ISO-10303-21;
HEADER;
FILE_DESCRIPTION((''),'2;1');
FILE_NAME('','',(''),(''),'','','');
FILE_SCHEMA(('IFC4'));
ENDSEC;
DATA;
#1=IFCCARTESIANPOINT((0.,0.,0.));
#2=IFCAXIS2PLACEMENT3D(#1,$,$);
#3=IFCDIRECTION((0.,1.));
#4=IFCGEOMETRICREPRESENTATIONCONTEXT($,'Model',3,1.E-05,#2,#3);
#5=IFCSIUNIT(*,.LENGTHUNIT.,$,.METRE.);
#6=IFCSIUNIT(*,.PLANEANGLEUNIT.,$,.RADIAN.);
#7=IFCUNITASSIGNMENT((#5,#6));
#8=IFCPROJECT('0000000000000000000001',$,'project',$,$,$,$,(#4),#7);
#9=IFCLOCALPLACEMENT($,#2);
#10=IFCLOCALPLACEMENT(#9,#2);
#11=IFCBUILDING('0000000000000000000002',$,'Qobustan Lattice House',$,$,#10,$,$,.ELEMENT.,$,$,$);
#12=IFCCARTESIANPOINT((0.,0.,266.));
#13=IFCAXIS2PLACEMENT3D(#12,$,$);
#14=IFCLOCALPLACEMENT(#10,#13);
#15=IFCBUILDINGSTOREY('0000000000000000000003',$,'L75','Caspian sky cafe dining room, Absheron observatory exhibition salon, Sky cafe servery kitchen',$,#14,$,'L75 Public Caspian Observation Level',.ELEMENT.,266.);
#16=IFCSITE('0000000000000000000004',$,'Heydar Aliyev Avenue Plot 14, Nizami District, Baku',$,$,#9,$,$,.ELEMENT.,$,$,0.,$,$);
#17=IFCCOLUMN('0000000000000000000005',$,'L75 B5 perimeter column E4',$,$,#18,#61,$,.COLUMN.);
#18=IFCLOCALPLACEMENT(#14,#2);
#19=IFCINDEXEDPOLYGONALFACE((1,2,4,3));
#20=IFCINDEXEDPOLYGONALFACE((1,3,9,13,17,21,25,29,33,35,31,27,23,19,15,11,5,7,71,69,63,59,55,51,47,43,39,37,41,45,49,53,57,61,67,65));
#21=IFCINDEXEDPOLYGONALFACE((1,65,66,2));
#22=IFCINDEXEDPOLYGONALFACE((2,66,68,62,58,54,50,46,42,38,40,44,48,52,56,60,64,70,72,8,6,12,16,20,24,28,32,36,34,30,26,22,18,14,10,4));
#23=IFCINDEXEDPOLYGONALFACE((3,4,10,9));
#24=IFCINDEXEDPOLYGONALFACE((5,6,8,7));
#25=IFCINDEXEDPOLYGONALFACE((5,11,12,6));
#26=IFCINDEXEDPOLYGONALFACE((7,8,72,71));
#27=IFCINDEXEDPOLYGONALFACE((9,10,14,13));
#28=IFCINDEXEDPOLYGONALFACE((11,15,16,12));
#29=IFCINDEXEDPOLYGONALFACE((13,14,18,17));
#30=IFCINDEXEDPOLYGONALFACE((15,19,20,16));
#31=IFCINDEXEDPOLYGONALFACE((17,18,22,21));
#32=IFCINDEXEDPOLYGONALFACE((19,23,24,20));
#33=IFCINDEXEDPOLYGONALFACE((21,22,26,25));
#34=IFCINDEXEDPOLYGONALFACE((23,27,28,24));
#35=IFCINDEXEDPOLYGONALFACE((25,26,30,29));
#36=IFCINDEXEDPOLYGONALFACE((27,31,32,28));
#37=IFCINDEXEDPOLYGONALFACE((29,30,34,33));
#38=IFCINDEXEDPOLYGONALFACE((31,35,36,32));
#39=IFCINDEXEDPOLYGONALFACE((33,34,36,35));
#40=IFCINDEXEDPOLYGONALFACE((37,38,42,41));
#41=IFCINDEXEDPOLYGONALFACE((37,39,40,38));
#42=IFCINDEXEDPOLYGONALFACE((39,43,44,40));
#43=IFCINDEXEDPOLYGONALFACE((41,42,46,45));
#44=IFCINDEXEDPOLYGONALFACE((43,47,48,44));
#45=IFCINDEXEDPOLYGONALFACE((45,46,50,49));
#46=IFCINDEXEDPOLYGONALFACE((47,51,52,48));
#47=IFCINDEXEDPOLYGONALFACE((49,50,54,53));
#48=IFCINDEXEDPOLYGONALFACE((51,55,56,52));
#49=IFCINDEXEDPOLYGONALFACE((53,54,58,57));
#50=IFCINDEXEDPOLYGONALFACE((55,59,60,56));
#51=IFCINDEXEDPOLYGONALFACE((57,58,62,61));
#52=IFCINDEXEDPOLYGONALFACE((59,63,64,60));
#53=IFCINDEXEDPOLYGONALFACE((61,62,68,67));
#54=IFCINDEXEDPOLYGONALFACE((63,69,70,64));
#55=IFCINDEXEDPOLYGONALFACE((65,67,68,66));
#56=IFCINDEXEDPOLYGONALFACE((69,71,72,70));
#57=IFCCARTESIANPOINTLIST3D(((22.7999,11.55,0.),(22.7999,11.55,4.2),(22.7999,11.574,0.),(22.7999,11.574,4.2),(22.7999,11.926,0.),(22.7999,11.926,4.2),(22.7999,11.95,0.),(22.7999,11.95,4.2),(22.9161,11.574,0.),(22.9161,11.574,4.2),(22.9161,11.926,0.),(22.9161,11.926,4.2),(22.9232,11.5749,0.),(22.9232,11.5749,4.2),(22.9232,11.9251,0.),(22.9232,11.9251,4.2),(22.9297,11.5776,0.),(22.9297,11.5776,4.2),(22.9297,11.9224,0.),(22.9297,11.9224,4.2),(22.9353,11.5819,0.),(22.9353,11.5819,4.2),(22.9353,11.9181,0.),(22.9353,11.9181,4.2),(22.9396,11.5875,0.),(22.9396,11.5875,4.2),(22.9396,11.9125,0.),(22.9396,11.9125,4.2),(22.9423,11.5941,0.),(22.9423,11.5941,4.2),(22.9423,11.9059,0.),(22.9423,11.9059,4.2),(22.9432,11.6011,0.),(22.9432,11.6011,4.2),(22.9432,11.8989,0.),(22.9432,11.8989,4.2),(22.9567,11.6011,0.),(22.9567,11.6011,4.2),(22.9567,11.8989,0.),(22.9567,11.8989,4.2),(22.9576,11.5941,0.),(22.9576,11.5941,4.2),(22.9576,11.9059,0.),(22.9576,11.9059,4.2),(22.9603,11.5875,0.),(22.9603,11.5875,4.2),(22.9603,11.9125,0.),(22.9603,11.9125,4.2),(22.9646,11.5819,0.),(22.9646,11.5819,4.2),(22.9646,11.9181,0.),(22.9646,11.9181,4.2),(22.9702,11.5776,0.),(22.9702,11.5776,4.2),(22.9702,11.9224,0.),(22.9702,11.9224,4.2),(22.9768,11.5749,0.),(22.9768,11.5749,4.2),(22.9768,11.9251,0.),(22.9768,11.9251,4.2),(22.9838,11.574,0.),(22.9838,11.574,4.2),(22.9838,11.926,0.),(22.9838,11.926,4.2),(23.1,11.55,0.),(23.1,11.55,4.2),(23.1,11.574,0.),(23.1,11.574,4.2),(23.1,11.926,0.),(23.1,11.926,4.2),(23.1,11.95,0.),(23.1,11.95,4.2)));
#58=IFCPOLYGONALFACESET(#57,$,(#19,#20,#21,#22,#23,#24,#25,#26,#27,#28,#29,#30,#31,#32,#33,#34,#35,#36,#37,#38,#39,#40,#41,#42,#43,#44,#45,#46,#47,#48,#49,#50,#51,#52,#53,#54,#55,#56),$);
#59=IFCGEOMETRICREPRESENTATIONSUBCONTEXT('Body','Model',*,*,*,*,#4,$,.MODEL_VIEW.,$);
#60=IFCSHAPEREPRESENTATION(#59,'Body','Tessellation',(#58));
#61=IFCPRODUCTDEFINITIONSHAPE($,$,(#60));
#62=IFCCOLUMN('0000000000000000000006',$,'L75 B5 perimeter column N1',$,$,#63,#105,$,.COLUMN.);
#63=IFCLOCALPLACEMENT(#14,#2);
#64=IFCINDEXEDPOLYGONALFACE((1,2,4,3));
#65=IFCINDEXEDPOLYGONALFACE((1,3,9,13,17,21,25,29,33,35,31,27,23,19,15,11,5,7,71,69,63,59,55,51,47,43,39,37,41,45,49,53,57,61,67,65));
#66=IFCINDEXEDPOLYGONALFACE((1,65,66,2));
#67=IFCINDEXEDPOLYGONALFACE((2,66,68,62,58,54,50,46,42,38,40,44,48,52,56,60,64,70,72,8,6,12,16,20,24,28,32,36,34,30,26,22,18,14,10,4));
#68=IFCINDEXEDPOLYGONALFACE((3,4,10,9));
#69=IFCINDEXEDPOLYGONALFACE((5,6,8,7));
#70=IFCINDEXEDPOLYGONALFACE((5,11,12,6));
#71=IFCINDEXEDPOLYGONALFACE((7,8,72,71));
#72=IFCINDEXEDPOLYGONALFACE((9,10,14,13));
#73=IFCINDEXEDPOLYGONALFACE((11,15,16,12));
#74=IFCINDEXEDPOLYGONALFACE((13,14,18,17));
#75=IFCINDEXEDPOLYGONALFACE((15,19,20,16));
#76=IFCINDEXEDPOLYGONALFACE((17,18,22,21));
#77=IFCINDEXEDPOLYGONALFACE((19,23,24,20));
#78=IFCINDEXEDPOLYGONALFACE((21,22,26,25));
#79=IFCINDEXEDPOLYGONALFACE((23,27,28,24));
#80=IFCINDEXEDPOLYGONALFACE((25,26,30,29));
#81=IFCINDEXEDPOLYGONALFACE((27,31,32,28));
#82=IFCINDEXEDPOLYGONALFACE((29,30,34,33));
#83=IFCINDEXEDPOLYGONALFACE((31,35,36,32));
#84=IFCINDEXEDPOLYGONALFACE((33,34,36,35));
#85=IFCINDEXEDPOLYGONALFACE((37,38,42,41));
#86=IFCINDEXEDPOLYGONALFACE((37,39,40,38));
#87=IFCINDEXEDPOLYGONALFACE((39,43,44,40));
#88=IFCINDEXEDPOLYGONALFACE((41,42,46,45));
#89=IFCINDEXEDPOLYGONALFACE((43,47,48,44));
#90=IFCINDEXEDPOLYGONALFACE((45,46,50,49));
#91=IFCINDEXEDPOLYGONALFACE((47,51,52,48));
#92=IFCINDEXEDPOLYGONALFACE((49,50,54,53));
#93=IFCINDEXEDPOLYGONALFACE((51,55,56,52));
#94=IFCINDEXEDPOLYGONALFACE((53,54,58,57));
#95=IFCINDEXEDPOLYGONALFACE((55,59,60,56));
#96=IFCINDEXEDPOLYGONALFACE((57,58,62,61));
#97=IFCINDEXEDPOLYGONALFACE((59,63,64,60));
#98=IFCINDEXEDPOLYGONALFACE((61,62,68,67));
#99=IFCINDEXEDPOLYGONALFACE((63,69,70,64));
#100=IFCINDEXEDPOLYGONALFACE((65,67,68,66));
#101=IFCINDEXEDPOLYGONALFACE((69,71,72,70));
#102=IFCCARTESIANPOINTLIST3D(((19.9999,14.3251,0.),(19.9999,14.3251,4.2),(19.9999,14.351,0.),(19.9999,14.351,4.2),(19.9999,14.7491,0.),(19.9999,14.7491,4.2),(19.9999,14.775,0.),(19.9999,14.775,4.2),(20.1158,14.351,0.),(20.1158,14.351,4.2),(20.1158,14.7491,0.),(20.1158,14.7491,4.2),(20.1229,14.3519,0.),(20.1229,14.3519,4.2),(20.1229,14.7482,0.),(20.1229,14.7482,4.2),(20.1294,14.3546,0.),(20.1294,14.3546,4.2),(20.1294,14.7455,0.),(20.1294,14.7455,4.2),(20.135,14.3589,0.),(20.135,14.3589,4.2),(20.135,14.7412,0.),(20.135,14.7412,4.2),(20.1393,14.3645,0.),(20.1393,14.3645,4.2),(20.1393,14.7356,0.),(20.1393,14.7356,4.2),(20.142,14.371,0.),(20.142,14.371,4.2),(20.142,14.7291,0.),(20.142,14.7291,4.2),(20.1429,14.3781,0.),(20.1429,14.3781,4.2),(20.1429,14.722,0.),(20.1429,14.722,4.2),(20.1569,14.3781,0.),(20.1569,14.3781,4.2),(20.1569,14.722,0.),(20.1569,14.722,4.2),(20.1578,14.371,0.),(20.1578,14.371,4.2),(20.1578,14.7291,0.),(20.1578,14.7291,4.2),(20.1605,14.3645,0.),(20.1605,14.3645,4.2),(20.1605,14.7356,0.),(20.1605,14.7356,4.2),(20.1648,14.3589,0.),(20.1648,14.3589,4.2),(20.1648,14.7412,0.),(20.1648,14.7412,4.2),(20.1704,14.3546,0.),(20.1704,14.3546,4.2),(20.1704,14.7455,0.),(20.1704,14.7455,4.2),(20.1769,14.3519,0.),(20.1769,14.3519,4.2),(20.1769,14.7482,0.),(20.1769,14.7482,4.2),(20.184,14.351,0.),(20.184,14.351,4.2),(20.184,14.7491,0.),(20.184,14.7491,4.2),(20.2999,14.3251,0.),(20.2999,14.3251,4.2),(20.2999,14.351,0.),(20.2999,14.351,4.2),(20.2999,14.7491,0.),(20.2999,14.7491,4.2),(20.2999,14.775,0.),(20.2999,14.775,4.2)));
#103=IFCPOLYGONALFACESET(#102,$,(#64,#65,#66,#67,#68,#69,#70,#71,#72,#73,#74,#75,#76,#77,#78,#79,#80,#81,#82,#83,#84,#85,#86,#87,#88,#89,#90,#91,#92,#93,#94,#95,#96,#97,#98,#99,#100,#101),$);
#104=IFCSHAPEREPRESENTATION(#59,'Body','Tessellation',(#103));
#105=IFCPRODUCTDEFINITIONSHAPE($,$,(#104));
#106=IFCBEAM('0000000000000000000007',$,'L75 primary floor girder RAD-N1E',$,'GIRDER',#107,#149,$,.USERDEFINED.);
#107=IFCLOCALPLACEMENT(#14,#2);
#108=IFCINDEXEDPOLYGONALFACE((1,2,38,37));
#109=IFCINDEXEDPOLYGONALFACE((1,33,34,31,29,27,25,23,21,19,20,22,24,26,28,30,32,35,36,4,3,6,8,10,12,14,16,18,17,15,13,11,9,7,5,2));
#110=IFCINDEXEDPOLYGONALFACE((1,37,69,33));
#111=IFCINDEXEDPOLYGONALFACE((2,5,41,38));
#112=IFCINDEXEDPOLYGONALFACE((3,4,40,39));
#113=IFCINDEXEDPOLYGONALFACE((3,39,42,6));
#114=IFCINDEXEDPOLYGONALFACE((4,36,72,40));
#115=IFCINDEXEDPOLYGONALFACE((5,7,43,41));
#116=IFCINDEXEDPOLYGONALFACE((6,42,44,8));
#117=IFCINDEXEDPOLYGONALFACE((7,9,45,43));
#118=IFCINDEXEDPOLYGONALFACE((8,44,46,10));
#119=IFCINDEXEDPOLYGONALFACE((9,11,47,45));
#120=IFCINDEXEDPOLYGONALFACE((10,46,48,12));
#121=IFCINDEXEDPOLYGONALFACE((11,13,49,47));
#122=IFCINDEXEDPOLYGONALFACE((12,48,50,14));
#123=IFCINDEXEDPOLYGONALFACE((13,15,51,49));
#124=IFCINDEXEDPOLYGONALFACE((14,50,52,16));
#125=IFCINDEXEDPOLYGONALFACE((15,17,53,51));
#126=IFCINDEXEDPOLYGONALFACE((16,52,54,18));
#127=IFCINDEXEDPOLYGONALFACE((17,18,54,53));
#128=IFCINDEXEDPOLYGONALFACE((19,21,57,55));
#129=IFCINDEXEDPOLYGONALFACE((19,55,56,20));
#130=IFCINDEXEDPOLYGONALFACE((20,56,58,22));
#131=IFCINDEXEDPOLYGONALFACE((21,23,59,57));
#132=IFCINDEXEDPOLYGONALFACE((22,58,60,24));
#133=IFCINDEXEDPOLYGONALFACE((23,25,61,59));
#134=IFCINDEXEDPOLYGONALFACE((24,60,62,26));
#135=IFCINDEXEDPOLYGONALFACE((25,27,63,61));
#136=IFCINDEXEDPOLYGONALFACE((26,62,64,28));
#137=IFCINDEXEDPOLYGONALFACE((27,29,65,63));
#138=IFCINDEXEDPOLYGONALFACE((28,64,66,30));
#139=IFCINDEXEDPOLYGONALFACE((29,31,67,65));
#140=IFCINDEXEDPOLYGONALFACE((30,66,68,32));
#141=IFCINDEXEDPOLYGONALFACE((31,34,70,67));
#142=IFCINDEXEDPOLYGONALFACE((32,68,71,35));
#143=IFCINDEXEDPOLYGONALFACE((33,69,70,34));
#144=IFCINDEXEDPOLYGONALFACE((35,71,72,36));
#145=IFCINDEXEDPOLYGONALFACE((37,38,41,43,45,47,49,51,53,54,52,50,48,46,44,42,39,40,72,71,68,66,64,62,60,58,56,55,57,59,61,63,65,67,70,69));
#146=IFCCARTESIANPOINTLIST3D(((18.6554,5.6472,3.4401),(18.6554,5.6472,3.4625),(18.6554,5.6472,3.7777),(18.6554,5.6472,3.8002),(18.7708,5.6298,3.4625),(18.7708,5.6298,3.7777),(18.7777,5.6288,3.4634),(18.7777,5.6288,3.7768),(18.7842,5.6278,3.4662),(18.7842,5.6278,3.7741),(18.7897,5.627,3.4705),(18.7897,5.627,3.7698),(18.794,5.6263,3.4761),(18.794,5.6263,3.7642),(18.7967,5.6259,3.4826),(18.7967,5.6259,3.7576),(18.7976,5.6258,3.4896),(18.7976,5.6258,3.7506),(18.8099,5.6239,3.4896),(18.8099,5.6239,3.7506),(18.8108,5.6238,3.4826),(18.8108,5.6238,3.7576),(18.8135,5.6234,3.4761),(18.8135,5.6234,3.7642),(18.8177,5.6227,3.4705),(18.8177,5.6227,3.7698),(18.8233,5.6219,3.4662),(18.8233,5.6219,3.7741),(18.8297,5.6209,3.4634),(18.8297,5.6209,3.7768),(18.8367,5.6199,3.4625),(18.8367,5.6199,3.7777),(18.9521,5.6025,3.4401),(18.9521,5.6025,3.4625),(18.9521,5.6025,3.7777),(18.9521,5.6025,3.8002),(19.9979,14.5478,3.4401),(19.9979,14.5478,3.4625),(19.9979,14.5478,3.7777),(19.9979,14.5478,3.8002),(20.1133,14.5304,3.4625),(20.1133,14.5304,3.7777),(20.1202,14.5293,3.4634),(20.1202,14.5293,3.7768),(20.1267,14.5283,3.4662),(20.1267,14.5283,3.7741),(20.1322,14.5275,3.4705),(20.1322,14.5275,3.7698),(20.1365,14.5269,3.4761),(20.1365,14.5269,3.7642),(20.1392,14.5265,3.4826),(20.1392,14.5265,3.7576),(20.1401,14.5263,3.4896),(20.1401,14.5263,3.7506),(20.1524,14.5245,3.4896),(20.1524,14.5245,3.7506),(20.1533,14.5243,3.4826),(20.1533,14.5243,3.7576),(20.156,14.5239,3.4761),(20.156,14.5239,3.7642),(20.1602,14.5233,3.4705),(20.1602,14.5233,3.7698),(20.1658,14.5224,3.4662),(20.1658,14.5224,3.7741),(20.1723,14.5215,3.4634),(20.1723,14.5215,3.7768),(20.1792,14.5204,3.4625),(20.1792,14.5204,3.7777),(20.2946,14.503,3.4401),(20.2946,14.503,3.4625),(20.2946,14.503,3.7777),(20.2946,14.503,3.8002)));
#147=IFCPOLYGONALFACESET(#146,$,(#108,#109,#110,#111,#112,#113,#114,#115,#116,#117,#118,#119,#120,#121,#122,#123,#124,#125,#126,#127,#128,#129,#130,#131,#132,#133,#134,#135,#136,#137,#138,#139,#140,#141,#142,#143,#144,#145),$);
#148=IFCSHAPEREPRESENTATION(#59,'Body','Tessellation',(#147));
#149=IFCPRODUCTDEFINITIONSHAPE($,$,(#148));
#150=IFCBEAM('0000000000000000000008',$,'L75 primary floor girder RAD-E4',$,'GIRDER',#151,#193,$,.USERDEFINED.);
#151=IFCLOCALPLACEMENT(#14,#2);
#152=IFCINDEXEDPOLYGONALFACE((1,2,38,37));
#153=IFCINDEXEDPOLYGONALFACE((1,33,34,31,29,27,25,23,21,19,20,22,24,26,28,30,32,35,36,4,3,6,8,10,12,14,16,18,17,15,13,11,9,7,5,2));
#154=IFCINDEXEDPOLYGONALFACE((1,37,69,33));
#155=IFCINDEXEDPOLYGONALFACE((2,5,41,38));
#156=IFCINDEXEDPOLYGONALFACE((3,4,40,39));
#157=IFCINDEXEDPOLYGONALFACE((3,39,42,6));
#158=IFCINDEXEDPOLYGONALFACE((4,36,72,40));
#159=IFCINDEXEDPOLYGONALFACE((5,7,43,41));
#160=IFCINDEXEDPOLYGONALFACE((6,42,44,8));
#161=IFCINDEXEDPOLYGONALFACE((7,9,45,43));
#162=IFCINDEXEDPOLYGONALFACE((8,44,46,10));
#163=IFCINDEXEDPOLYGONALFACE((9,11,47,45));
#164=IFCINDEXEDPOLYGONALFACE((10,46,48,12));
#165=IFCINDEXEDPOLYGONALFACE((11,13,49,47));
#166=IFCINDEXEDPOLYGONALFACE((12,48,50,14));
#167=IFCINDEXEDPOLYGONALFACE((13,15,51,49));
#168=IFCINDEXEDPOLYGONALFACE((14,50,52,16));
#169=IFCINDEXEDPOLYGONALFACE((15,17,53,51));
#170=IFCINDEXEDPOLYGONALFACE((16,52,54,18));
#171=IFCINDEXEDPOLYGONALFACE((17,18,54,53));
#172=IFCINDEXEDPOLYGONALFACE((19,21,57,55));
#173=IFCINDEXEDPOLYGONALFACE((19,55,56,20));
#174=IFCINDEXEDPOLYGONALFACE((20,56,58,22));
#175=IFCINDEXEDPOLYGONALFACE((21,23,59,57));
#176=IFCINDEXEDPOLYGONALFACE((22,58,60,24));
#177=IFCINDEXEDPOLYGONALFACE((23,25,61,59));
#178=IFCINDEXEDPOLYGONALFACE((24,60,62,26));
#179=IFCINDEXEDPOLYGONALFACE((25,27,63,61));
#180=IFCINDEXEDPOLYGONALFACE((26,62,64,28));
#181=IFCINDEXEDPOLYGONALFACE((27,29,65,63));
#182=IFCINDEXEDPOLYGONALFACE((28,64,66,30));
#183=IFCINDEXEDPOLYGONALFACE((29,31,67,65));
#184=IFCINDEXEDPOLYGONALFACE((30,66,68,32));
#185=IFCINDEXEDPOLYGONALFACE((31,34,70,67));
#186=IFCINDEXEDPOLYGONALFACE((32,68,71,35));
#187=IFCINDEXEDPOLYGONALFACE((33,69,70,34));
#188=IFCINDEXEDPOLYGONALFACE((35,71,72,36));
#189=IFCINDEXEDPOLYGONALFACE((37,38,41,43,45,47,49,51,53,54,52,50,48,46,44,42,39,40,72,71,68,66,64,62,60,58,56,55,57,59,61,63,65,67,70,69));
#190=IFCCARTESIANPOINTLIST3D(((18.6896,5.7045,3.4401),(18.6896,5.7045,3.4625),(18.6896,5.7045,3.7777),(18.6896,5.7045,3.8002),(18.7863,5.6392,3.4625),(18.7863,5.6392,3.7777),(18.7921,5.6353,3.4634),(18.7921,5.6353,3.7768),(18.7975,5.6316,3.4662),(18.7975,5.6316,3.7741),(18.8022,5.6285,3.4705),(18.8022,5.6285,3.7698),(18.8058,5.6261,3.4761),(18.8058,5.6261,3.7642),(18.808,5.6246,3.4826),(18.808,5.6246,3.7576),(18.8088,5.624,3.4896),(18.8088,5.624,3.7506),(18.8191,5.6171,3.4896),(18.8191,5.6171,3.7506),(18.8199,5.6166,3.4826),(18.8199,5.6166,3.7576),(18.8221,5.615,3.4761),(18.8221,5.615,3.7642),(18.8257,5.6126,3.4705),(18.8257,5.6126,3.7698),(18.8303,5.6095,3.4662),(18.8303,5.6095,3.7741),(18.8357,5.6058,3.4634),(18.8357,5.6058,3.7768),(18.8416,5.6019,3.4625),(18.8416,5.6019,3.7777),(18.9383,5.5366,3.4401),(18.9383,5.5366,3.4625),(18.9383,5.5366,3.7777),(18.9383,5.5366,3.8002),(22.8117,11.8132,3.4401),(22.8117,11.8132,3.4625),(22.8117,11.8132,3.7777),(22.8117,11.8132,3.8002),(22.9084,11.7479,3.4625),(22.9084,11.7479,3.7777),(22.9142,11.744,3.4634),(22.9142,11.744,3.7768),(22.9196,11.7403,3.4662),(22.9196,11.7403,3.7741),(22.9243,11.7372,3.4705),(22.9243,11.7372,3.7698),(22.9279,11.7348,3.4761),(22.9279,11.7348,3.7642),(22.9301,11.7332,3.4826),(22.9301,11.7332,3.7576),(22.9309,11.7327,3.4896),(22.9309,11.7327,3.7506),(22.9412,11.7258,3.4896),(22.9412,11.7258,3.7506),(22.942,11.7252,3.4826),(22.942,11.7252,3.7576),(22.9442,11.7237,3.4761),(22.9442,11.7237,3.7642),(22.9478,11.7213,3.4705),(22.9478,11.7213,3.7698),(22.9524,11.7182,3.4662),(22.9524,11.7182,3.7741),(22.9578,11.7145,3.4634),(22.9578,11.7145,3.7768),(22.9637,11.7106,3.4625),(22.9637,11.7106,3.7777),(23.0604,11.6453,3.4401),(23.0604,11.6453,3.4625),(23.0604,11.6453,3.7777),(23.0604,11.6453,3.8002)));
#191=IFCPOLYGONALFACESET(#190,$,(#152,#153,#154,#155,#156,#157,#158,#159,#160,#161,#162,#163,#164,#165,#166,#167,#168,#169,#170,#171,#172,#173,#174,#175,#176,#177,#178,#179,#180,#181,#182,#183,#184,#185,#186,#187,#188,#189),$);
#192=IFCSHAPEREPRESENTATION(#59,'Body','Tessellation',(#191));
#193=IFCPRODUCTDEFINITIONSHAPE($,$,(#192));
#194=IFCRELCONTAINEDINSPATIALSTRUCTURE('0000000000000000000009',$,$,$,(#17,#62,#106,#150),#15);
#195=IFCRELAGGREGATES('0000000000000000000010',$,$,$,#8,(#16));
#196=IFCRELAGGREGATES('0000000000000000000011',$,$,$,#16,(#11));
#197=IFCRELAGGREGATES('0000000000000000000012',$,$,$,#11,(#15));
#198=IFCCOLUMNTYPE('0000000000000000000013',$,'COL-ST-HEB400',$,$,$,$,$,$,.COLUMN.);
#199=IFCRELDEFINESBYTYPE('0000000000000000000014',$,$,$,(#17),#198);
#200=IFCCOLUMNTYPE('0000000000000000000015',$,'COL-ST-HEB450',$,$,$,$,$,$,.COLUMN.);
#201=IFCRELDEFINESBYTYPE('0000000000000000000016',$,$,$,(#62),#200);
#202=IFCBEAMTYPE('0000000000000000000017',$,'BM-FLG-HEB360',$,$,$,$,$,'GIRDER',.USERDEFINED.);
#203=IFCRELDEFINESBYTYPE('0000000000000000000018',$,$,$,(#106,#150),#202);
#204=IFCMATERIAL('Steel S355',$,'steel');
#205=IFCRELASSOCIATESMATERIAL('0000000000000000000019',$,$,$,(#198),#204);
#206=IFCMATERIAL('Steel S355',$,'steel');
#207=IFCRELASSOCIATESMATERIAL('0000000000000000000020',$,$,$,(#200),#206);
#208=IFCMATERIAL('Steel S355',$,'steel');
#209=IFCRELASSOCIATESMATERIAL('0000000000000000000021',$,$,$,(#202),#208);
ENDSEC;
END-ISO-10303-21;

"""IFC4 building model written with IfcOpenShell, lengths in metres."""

from ifc_helpers import new_model, si_unit, direction, frame, origin, origin_2d, place, context, subcontext, project, spatial, i_section, extrude, material, material_profile, profile_set, type_object, element, save


model = new_model("IFC4")

# Units and contexts
model_context = context("Model", 3, precision=1e-05, world=origin(), true_north=direction((0.0, 1.0)))
body_context = subcontext(model_context, "Body", "Model", "MODEL_VIEW")
ifc_project = project(units=[si_unit("LENGTHUNIT", "METRE"), si_unit("PLANEANGLEUNIT", "RADIAN")], contexts=[model_context])

# Site, building, storey
site_placement = place(None, origin())
site = spatial("IfcSite", under=ifc_project, at=site_placement, Name="Heydar Aliyev Avenue Plot 14, Nizami District, Baku", CompositionType="ELEMENT", RefElevation=0.0)
building_placement = place(site_placement, origin())
building = spatial("IfcBuilding", under=site, at=building_placement, Name="Qobustan Lattice House", CompositionType="ELEMENT")
storey_placement = place(building_placement, frame((0.0, 0.0, 266.0)))
storey = spatial("IfcBuildingStorey", under=building, at=storey_placement, Name="L75", Description="Caspian sky cafe dining room, Absheron observatory exhibition salon, Sky cafe servery kitchen", LongName="L75 Public Caspian Observation Level", CompositionType="ELEMENT", Elevation=266.0)

# Columns
ifc_material_1 = material(Name="Steel S355", Category="steel")
ifc_material_profile_1 = material_profile(ifc_material_1, i_section(OverallWidth=0.3, OverallDepth=0.3999, WebThickness=0.0134, FlangeThickness=0.0239, FilletRadius=0.0271, at=origin_2d()), Name="HEB400")
ifc_profile_set_1 = profile_set([ifc_material_profile_1], Name="Steel S355")
column_type_1 = type_object("IfcColumnType", Name="COL-ST-HEB400", PredefinedType="COLUMN", material=ifc_profile_set_1)
column_1_placement = place(storey_placement, frame((22.95, 11.75, 0.0), z_axis=(0.0, 0.0, 1.0), x_axis=(1.0, 0.0, 0.0)))
element("IfcColumn", 1, at=column_1_placement, inside=storey, type_object=column_type_1, Name="L75 B5 perimeter column E4", PredefinedType="COLUMN", context=body_context, shape_type="SweptSolid", body=[
    extrude(i_section(OverallWidth=0.3, OverallDepth=0.3999, WebThickness=0.0134, FlangeThickness=0.0239, FilletRadius=0.0271, at=origin_2d()), origin(), (0.0, 0.0, 1.0), 4.2),
])
ifc_material_2 = material(Name="Steel S355", Category="steel")
ifc_material_profile_2 = material_profile(ifc_material_2, i_section(OverallWidth=0.3, OverallDepth=0.45, WebThickness=0.0139, FlangeThickness=0.0259, FilletRadius=0.0271, at=origin_2d()), Name="HEB450")
ifc_profile_set_2 = profile_set([ifc_material_profile_2], Name="Steel S355")
column_type_2 = type_object("IfcColumnType", Name="COL-ST-HEB450", PredefinedType="COLUMN", material=ifc_profile_set_2)
column_2_placement = place(storey_placement, frame((20.1499, 14.55, 0.0), z_axis=(0.0, 0.0, 1.0), x_axis=(1.0, 0.0, 0.0)))
element("IfcColumn", 2, at=column_2_placement, inside=storey, type_object=column_type_2, Name="L75 B5 perimeter column N1", PredefinedType="COLUMN", context=body_context, shape_type="SweptSolid", body=[
    extrude(i_section(OverallWidth=0.3, OverallDepth=0.45, WebThickness=0.0139, FlangeThickness=0.0259, FilletRadius=0.0271, at=origin_2d()), origin(), (0.0, 0.0, 1.0), 4.2),
])

# Beams
ifc_material_3 = material(Name="Steel S355", Category="steel")
ifc_material_profile_3 = material_profile(ifc_material_3, i_section(OverallWidth=0.3, OverallDepth=0.3601, WebThickness=0.0125, FlangeThickness=0.0225, FilletRadius=0.0271, at=origin_2d()), Name="HEB360")
ifc_profile_set_3 = profile_set([ifc_material_profile_3], Name="Steel S355")
beam_type_1 = type_object("IfcBeamType", Name="BM-FLG-HEB360", ElementType="GIRDER", PredefinedType="USERDEFINED", material=ifc_profile_set_3)
beam_1_placement = place(storey_placement, frame((20.1462, 14.5254, 3.6201), z_axis=(-0.149148, -0.988815, 0.0), x_axis=(0.988815, -0.149148, 0.0)))
element("IfcBeam", 3, at=beam_1_placement, inside=storey, type_object=beam_type_1, Name="L75 primary floor girder RAD-N1E", ObjectType="GIRDER", PredefinedType="USERDEFINED", context=body_context, shape_type="SweptSolid", body=[
    extrude(i_section(OverallWidth=0.3, OverallDepth=0.3601, WebThickness=0.0125, FlangeThickness=0.0225, FilletRadius=0.0271, at=origin_2d()), origin(), (0.0, 0.0, 1.0), 9.0012),
])
beam_2_placement = place(storey_placement, frame((22.936, 11.7292, 3.6201), z_axis=(-0.559355, -0.828928, 0.0), x_axis=(0.828928, -0.559355, 0.0)))
element("IfcBeam", 4, at=beam_2_placement, inside=storey, type_object=beam_type_1, Name="L75 primary floor girder RAD-E4", ObjectType="GIRDER", PredefinedType="USERDEFINED", context=body_context, shape_type="SweptSolid", body=[
    extrude(i_section(OverallWidth=0.3, OverallDepth=0.3601, WebThickness=0.0125, FlangeThickness=0.0225, FilletRadius=0.0271, at=origin_2d()), origin(), (0.0, 0.0, 1.0), 7.3694),
])

save(model, "model.ifc")
